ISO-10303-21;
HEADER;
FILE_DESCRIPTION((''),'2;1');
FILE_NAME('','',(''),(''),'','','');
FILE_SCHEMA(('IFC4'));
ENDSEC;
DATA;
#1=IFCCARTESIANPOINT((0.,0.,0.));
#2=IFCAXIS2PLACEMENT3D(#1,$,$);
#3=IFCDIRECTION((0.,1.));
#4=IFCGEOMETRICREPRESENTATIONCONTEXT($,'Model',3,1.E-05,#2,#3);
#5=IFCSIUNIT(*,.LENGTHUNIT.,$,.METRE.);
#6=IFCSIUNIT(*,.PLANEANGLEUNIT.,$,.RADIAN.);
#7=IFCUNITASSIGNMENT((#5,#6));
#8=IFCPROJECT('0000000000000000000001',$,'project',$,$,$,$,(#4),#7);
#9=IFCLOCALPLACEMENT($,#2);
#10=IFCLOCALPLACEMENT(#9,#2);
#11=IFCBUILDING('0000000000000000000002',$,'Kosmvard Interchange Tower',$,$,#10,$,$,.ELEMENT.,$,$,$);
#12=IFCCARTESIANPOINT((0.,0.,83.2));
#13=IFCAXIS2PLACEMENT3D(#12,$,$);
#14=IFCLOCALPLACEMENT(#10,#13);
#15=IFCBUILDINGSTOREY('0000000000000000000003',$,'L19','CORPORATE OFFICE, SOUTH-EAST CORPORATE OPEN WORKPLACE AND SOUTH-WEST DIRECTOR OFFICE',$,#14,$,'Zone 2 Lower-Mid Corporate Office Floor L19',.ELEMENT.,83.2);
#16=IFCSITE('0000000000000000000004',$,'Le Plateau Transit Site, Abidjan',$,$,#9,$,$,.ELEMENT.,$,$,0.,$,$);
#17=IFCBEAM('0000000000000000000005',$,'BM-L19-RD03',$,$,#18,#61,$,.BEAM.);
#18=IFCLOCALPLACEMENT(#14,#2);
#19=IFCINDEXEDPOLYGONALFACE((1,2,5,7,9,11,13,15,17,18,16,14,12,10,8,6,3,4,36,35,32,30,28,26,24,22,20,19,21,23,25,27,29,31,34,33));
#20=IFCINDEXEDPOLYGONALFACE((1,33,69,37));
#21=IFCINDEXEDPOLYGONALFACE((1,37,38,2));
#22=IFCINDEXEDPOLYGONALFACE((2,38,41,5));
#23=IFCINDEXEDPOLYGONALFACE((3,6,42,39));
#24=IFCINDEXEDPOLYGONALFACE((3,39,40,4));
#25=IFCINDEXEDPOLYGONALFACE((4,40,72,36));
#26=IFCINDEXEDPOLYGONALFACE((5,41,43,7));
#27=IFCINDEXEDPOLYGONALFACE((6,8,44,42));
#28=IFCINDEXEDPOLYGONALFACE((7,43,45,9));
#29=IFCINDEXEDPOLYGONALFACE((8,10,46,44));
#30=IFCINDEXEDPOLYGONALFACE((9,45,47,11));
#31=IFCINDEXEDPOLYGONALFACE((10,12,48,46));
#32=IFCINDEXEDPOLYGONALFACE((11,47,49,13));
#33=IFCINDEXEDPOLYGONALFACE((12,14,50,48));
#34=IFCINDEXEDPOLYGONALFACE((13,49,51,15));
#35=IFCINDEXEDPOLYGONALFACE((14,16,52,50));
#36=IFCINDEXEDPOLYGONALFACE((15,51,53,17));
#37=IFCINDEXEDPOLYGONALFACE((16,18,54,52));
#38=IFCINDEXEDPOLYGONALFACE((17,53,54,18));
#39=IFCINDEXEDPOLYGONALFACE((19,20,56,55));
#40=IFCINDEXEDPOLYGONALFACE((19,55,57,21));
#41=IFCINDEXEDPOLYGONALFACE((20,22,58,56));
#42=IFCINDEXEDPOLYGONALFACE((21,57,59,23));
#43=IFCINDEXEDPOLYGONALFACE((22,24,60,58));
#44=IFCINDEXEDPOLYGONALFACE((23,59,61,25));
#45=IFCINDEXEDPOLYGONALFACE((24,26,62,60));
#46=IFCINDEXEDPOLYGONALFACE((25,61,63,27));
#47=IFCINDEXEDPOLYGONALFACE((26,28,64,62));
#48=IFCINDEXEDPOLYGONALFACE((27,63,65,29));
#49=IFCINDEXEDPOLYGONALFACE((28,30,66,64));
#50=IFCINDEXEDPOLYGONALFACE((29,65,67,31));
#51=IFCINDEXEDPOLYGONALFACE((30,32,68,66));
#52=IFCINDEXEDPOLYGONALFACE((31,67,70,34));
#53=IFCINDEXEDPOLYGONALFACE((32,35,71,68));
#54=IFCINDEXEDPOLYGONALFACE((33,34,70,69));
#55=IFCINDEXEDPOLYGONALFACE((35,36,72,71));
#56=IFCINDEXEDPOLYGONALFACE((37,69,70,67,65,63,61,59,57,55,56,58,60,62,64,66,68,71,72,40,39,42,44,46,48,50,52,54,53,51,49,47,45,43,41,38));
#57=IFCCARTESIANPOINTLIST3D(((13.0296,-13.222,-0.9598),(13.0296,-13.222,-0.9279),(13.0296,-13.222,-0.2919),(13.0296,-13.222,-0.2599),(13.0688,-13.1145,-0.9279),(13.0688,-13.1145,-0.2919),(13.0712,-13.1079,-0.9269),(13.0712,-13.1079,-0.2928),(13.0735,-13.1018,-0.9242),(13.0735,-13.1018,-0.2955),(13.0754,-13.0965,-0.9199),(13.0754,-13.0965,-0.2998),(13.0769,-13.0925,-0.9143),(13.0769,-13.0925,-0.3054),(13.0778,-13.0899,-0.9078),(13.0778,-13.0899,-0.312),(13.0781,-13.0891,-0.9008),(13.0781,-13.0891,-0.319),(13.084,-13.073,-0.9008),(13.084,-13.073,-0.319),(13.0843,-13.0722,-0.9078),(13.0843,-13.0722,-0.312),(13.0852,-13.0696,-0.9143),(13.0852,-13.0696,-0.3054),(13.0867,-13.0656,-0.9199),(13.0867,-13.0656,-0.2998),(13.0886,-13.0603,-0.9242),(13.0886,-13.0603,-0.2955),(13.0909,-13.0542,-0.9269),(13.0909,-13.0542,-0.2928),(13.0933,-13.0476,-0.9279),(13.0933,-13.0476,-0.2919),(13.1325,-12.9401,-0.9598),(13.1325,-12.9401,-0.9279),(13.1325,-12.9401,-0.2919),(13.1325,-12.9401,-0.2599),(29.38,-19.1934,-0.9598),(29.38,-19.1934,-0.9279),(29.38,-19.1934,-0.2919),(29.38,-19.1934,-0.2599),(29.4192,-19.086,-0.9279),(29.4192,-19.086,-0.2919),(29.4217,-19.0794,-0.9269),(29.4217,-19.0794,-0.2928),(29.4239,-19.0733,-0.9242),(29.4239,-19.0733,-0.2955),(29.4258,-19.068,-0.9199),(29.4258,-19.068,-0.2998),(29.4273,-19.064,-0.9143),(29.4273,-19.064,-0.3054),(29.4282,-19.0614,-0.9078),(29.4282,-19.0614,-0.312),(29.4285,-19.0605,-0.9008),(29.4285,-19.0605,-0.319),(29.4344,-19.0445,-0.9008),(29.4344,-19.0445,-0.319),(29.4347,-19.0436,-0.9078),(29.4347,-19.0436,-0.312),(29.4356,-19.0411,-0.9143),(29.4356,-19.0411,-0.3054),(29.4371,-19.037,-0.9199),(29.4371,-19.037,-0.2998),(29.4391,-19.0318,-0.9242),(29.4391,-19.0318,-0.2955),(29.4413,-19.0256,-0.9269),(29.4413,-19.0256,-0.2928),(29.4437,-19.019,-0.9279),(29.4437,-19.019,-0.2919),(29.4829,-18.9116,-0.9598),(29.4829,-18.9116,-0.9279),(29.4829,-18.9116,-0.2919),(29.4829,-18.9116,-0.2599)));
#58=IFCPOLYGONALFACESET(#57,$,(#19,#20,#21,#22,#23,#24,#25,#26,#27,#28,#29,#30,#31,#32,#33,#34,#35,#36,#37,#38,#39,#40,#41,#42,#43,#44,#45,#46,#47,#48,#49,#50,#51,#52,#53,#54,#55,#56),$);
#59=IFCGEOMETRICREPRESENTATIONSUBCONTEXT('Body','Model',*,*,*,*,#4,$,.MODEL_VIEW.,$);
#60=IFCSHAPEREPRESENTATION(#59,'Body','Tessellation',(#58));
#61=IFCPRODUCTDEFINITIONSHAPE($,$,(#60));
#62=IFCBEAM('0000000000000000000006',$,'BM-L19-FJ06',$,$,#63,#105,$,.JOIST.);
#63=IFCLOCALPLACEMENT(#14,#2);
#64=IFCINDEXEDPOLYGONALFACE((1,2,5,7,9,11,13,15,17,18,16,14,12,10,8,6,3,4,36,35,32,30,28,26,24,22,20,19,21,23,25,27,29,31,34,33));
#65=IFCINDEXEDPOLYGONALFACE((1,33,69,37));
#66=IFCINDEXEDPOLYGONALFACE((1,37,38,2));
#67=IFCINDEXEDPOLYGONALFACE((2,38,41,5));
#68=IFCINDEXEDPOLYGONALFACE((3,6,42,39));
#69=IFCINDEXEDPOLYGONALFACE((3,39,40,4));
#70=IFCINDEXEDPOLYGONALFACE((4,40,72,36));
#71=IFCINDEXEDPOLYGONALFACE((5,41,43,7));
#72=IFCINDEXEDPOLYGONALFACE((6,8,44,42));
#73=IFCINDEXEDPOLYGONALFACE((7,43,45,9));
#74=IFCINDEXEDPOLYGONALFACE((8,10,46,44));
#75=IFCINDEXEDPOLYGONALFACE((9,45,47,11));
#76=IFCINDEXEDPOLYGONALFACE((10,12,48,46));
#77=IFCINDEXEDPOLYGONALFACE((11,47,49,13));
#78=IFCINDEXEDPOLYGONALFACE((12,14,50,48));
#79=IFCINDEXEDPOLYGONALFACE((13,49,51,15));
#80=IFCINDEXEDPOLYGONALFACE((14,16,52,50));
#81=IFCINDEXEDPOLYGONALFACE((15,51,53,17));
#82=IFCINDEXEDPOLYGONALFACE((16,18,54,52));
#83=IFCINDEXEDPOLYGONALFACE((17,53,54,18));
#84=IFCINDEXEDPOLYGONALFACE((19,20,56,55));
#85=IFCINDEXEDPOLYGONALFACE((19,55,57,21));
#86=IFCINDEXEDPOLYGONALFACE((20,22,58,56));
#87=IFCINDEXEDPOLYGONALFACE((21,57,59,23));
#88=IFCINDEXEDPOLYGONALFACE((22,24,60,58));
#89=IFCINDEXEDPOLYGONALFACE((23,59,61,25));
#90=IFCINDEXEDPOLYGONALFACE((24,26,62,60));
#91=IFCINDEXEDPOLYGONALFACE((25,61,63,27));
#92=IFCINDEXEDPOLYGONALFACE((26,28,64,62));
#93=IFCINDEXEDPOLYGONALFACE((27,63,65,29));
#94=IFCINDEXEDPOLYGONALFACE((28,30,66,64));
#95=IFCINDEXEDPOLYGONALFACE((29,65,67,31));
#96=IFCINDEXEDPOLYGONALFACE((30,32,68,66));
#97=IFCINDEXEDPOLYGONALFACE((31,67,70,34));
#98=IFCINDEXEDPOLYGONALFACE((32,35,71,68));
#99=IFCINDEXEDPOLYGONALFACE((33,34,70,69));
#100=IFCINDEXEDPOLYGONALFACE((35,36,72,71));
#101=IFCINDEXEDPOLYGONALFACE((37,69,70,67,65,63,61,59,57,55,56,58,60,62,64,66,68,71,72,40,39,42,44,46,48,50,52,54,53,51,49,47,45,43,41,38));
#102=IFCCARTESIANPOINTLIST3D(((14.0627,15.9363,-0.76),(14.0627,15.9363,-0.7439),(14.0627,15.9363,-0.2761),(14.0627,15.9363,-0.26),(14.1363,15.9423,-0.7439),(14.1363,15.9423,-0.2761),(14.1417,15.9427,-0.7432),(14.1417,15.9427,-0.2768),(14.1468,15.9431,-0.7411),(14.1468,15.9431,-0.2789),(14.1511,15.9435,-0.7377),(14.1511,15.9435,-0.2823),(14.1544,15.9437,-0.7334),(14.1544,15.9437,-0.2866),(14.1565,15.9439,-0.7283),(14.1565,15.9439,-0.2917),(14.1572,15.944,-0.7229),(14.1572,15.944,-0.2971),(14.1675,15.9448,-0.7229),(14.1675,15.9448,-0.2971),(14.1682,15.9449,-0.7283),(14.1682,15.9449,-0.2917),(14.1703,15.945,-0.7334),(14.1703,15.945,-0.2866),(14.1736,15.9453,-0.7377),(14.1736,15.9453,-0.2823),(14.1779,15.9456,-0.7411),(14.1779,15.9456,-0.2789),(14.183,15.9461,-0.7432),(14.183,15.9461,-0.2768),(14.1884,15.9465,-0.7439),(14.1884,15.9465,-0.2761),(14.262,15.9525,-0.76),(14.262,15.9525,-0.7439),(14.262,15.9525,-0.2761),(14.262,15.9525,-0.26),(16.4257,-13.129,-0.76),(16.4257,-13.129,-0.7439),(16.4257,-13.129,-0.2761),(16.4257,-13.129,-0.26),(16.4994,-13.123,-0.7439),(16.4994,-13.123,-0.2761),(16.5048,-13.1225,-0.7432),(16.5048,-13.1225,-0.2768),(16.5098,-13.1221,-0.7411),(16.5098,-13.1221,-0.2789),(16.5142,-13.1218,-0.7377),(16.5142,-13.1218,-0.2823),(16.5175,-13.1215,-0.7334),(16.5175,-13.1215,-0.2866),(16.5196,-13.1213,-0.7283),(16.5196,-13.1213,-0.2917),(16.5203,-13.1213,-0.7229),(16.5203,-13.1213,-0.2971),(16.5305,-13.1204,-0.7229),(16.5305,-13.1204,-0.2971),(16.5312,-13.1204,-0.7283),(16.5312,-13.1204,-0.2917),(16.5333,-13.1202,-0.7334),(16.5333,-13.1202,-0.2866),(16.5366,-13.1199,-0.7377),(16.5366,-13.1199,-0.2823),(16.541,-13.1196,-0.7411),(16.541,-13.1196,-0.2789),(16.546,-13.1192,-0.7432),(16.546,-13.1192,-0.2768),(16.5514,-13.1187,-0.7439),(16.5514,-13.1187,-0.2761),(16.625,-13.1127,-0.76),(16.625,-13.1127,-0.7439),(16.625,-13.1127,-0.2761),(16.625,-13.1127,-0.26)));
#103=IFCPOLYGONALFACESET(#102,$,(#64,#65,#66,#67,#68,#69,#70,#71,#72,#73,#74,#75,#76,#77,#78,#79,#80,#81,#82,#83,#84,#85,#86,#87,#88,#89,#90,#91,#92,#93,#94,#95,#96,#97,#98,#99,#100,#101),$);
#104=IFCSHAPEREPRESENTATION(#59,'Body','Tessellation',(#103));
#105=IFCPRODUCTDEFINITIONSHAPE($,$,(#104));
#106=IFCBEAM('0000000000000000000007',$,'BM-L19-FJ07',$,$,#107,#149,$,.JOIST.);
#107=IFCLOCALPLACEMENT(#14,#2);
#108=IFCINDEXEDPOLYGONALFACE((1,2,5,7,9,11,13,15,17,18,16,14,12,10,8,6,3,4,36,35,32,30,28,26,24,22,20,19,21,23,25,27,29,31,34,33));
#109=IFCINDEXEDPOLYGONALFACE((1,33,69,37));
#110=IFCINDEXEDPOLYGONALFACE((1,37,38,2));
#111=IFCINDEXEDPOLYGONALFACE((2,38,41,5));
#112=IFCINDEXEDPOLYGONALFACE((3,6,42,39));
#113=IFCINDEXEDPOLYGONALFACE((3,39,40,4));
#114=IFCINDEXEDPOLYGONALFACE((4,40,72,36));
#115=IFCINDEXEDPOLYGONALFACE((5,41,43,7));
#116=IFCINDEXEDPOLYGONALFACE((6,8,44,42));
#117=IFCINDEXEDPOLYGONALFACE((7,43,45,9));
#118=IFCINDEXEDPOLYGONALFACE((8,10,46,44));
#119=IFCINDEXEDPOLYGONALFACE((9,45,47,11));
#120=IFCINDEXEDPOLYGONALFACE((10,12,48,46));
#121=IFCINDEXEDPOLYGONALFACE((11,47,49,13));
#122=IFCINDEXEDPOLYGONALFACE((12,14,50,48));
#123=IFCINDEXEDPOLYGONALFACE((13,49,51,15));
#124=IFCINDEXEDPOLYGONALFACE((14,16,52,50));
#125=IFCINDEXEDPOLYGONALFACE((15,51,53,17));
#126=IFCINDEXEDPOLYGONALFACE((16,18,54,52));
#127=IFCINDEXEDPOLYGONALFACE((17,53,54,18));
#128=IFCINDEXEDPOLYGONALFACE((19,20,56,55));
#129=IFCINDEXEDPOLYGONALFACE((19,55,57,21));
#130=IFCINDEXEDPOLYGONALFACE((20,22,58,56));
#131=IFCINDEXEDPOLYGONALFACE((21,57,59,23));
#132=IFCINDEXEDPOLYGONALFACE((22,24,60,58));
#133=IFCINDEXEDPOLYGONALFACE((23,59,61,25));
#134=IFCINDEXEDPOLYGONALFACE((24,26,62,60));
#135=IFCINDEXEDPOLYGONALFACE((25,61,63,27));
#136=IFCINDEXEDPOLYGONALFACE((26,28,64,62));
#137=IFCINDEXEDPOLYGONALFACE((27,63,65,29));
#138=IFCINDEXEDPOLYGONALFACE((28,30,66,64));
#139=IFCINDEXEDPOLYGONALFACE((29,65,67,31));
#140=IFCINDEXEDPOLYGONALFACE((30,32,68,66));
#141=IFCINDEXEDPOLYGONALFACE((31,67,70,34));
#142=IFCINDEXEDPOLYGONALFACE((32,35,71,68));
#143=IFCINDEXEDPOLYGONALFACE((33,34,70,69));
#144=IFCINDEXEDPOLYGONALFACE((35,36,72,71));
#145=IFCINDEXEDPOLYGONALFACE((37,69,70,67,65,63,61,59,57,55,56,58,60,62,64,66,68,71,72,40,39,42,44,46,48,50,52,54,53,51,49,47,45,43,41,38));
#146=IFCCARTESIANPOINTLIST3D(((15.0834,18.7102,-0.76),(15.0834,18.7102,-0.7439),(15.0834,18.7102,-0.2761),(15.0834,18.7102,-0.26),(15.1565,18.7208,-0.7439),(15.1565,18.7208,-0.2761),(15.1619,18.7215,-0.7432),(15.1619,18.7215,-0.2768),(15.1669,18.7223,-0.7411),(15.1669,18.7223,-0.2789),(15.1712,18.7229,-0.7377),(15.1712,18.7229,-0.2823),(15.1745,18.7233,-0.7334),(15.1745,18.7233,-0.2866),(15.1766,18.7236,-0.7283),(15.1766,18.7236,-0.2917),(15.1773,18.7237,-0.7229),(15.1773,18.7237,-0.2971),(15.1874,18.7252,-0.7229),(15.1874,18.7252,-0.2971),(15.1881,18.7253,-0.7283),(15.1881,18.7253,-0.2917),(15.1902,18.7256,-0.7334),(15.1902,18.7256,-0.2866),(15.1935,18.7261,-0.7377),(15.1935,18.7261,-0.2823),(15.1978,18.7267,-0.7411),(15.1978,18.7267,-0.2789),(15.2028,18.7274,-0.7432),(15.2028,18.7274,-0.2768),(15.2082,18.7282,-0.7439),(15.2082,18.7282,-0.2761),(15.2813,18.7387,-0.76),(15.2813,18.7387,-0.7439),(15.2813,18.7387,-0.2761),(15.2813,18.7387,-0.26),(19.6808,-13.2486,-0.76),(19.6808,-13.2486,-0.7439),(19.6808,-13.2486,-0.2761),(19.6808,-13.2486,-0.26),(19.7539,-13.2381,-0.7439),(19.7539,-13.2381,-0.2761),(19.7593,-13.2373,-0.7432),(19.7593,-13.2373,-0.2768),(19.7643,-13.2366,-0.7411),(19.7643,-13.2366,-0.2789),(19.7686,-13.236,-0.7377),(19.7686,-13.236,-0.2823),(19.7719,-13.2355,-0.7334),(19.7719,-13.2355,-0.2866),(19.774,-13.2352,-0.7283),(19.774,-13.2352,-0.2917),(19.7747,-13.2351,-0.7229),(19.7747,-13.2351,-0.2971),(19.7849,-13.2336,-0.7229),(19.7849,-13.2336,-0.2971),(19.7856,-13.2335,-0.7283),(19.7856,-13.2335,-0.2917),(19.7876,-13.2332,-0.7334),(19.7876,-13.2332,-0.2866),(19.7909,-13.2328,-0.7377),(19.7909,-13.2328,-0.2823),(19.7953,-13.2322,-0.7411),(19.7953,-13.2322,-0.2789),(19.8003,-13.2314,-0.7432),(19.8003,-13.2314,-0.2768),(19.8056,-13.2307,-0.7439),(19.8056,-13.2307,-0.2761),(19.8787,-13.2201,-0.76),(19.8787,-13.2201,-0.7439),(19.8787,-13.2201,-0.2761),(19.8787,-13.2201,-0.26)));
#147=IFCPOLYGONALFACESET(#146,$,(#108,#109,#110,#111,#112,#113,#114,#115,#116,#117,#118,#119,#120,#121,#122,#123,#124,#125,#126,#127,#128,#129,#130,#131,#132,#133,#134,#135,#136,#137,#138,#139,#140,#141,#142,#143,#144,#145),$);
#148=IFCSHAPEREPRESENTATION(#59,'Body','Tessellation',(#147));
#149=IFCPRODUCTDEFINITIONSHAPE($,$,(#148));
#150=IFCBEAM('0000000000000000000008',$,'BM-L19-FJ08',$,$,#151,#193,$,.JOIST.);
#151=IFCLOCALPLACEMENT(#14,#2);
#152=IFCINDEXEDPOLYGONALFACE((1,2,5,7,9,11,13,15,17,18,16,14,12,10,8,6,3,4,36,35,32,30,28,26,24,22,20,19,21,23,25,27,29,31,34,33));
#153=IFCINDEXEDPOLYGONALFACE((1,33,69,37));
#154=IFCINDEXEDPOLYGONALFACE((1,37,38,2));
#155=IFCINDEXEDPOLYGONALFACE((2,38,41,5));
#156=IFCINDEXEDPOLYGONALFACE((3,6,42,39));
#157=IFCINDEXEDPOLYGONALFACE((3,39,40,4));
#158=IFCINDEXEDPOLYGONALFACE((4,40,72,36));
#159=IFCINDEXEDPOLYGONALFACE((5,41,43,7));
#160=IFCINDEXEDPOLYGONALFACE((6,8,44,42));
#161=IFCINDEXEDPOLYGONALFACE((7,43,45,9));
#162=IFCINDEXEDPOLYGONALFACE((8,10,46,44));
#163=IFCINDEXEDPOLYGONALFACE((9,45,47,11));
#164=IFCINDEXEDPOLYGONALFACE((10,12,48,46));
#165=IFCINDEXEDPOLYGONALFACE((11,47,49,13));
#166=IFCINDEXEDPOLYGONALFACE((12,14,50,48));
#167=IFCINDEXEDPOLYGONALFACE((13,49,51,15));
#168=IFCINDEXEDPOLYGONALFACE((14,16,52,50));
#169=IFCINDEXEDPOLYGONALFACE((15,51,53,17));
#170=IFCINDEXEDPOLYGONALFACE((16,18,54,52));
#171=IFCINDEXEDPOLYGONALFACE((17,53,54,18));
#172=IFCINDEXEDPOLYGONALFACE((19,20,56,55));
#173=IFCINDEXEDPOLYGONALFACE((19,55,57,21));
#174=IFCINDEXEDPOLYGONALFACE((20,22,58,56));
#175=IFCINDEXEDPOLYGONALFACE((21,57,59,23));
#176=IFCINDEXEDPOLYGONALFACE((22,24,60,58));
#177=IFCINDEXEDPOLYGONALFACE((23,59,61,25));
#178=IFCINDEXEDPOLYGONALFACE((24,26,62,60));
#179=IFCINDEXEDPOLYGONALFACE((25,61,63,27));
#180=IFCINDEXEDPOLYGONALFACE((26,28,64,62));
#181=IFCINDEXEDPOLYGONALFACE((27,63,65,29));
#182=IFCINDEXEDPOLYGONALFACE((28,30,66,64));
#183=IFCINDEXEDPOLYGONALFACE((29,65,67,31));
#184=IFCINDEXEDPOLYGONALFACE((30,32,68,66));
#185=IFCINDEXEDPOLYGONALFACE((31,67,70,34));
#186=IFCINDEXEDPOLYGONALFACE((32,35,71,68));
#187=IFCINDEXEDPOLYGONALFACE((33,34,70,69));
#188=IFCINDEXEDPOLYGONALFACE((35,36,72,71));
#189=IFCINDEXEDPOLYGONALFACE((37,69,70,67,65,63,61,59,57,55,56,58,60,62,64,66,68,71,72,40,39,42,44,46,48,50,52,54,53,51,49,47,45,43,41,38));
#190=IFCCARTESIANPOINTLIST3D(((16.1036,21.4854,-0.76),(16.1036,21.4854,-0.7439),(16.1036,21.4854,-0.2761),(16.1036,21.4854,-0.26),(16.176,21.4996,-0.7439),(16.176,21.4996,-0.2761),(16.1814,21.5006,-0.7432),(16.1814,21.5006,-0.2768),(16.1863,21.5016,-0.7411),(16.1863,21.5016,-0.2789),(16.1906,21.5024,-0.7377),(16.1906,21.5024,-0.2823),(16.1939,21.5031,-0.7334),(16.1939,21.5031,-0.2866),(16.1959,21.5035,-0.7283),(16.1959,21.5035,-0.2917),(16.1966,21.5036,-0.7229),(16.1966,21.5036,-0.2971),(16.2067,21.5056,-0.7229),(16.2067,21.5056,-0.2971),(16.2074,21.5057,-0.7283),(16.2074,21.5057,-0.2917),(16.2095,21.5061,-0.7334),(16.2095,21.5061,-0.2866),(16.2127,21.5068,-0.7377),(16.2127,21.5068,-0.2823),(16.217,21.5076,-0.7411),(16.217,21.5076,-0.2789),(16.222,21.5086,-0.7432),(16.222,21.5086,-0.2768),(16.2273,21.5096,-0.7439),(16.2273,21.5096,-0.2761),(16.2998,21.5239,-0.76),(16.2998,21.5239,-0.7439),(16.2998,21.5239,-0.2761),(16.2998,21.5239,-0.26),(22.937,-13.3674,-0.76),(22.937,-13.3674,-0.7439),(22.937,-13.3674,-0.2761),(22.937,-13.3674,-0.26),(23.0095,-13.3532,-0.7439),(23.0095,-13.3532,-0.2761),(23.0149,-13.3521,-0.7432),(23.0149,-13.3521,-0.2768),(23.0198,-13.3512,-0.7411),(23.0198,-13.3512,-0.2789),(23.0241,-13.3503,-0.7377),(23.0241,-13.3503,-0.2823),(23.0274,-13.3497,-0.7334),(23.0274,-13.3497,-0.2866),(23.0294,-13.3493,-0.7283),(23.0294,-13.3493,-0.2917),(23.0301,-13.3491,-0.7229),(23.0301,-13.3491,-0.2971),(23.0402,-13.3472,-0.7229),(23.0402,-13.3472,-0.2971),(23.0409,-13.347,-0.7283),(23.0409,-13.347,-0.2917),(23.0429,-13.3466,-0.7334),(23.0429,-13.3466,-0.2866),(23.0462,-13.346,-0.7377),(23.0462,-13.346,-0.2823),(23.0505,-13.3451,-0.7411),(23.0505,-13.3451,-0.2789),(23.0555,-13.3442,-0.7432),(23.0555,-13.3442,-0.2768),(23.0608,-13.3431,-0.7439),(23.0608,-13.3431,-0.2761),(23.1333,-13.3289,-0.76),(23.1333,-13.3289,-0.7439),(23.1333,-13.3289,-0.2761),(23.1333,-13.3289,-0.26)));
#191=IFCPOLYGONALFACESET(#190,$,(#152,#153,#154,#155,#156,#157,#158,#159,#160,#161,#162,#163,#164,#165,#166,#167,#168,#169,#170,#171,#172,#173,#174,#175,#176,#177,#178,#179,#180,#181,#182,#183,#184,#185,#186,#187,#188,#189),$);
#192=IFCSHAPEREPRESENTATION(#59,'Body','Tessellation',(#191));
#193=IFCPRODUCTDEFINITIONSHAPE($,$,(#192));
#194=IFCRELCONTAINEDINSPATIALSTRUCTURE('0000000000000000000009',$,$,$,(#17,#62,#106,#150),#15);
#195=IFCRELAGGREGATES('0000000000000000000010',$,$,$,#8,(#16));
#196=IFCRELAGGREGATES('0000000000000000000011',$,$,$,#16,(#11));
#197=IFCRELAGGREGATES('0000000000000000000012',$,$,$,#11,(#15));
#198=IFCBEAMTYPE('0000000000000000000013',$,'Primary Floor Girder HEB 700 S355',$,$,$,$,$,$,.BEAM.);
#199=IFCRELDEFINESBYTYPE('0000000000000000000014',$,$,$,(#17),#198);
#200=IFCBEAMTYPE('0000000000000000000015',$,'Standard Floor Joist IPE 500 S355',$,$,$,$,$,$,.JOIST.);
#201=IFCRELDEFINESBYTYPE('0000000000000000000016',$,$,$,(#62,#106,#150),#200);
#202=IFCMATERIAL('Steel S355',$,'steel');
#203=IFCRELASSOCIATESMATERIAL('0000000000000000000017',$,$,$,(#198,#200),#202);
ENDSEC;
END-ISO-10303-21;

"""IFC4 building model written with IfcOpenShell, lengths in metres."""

from ifc_helpers import new_model, si_unit, direction, frame, origin, origin_2d, place, context, subcontext, project, spatial, i_section, extrude, source, transform, mapped, material, material_profile, profile_set, type_object, element, save


model = new_model("IFC4")

# Units and contexts
model_context = context("Model", 3, precision=1e-05, world=origin(), true_north=direction((0.0, 1.0)))
body_context = subcontext(model_context, "Body", "Model", "MODEL_VIEW")
ifc_project = project(units=[si_unit("LENGTHUNIT", "METRE"), si_unit("PLANEANGLEUNIT", "RADIAN")], contexts=[model_context])

# Site, building, storey
site_placement = place(None, origin())
site = spatial("IfcSite", under=ifc_project, at=site_placement, Name="Le Plateau Transit Site, Abidjan", CompositionType="ELEMENT", RefElevation=0.0)
building_placement = place(site_placement, origin())
building = spatial("IfcBuilding", under=site, at=building_placement, Name="Kosmvard Interchange Tower", CompositionType="ELEMENT")
storey_placement = place(building_placement, frame((0.0, 0.0, 83.2)))
storey = spatial("IfcBuildingStorey", under=building, at=storey_placement, Name="L19", Description="CORPORATE OFFICE, SOUTH-EAST CORPORATE OPEN WORKPLACE AND SOUTH-WEST DIRECTOR OFFICE", LongName="Zone 2 Lower-Mid Corporate Office Floor L19", CompositionType="ELEMENT", Elevation=83.2)

# Beams
ifc_material_1 = material(Name="Steel S355", Category="steel")
ifc_material_profile_1 = material_profile(ifc_material_1, i_section(OverallWidth=0.3, OverallDepth=0.7, WebThickness=0.0171, FlangeThickness=0.032, FilletRadius=0.0271, at=origin_2d()), Name="HEB 700")
ifc_profile_set_1 = profile_set([ifc_material_profile_1], Name="Steel S355")
beam_type_1 = type_object("IfcBeamType", Name="Primary Floor Girder HEB 700 S355", PredefinedType="BEAM", material=ifc_profile_set_1)
shared_shape_1 = source(origin(), body_context, "Body", "SweptSolid", [
    extrude(i_section(OverallWidth=0.3, OverallDepth=0.7, WebThickness=0.0171, FlangeThickness=0.032, FilletRadius=0.0271, at=origin_2d()), origin(), (0.0, 0.0, 1.0), 17.4067),
])
beam_1_placement = place(storey_placement, frame((13.0811, -13.0811, -0.6099), z_axis=(0.939315, -0.343055, 0.0), x_axis=(0.343055, 0.939315, 0.0)))
element("IfcBeam", 1, at=beam_1_placement, inside=storey, type_object=beam_type_1, Name="BM-L19-RD03", PredefinedType="BEAM", context=body_context, shape_type="MappedRepresentation", body=[
    mapped(shared_shape_1, transform((0.0, 0.0, 0.0), scale=1.0)),
])
ifc_material_profile_2 = material_profile(ifc_material_1, i_section(OverallWidth=0.2, OverallDepth=0.5, WebThickness=0.0103, FlangeThickness=0.0161, FilletRadius=0.021, at=origin_2d()), Name="IPE 500")
ifc_profile_set_2 = profile_set([ifc_material_profile_2], Name="Steel S355")
beam_type_2 = type_object("IfcBeamType", Name="Standard Floor Joist IPE 500 S355", PredefinedType="JOIST", material=ifc_profile_set_2)
shared_shape_2 = source(origin(), body_context, "Body", "SweptSolid", [
    extrude(i_section(OverallWidth=0.2, OverallDepth=0.5, WebThickness=0.0103, FlangeThickness=0.0161, FilletRadius=0.021, at=origin_2d()), origin(), (0.0, 0.0, 1.0), 29.1611),
])
beam_2_placement = place(storey_placement, frame((16.5254, -13.1208, -0.51), z_axis=(-0.081034, 0.996711, 0.0), x_axis=(-0.996711, -0.081034, 0.0)))
element("IfcBeam", 2, at=beam_2_placement, inside=storey, type_object=beam_type_2, Name="BM-L19-FJ06", PredefinedType="JOIST", context=body_context, shape_type="MappedRepresentation", body=[
    mapped(shared_shape_2, transform((0.0, 0.0, 0.0), scale=1.0)),
])
shared_shape_3 = source(origin(), body_context, "Body", "SweptSolid", [
    extrude(i_section(OverallWidth=0.2, OverallDepth=0.5, WebThickness=0.0103, FlangeThickness=0.0161, FilletRadius=0.021, at=origin_2d()), origin(), (0.0, 0.0, 1.0), 32.2878),
])
beam_3_placement = place(storey_placement, frame((19.7798, -13.2344, -0.51), z_axis=(-0.142389, 0.989811, 0.0), x_axis=(-0.989811, -0.142389, 0.0)))
element("IfcBeam", 3, at=beam_3_placement, inside=storey, type_object=beam_type_2, Name="BM-L19-FJ07", PredefinedType="JOIST", context=body_context, shape_type="MappedRepresentation", body=[
    mapped(shared_shape_3, transform((0.0, 0.0, 0.0), scale=1.0)),
])
shared_shape_4 = source(origin(), body_context, "Body", "SweptSolid", [
    extrude(i_section(OverallWidth=0.2, OverallDepth=0.5, WebThickness=0.0103, FlangeThickness=0.0161, FilletRadius=0.021, at=origin_2d()), origin(), (0.0, 0.0, 1.0), 35.5164),
])
beam_4_placement = place(storey_placement, frame((23.0352, -13.3481, -0.51), z_axis=(-0.192404, 0.981316, 0.0), x_axis=(-0.981316, -0.192404, 0.0)))
element("IfcBeam", 4, at=beam_4_placement, inside=storey, type_object=beam_type_2, Name="BM-L19-FJ08", PredefinedType="JOIST", context=body_context, shape_type="MappedRepresentation", body=[
    mapped(shared_shape_4, transform((0.0, 0.0, 0.0), scale=1.0)),
])

save(model, "model.ifc")
